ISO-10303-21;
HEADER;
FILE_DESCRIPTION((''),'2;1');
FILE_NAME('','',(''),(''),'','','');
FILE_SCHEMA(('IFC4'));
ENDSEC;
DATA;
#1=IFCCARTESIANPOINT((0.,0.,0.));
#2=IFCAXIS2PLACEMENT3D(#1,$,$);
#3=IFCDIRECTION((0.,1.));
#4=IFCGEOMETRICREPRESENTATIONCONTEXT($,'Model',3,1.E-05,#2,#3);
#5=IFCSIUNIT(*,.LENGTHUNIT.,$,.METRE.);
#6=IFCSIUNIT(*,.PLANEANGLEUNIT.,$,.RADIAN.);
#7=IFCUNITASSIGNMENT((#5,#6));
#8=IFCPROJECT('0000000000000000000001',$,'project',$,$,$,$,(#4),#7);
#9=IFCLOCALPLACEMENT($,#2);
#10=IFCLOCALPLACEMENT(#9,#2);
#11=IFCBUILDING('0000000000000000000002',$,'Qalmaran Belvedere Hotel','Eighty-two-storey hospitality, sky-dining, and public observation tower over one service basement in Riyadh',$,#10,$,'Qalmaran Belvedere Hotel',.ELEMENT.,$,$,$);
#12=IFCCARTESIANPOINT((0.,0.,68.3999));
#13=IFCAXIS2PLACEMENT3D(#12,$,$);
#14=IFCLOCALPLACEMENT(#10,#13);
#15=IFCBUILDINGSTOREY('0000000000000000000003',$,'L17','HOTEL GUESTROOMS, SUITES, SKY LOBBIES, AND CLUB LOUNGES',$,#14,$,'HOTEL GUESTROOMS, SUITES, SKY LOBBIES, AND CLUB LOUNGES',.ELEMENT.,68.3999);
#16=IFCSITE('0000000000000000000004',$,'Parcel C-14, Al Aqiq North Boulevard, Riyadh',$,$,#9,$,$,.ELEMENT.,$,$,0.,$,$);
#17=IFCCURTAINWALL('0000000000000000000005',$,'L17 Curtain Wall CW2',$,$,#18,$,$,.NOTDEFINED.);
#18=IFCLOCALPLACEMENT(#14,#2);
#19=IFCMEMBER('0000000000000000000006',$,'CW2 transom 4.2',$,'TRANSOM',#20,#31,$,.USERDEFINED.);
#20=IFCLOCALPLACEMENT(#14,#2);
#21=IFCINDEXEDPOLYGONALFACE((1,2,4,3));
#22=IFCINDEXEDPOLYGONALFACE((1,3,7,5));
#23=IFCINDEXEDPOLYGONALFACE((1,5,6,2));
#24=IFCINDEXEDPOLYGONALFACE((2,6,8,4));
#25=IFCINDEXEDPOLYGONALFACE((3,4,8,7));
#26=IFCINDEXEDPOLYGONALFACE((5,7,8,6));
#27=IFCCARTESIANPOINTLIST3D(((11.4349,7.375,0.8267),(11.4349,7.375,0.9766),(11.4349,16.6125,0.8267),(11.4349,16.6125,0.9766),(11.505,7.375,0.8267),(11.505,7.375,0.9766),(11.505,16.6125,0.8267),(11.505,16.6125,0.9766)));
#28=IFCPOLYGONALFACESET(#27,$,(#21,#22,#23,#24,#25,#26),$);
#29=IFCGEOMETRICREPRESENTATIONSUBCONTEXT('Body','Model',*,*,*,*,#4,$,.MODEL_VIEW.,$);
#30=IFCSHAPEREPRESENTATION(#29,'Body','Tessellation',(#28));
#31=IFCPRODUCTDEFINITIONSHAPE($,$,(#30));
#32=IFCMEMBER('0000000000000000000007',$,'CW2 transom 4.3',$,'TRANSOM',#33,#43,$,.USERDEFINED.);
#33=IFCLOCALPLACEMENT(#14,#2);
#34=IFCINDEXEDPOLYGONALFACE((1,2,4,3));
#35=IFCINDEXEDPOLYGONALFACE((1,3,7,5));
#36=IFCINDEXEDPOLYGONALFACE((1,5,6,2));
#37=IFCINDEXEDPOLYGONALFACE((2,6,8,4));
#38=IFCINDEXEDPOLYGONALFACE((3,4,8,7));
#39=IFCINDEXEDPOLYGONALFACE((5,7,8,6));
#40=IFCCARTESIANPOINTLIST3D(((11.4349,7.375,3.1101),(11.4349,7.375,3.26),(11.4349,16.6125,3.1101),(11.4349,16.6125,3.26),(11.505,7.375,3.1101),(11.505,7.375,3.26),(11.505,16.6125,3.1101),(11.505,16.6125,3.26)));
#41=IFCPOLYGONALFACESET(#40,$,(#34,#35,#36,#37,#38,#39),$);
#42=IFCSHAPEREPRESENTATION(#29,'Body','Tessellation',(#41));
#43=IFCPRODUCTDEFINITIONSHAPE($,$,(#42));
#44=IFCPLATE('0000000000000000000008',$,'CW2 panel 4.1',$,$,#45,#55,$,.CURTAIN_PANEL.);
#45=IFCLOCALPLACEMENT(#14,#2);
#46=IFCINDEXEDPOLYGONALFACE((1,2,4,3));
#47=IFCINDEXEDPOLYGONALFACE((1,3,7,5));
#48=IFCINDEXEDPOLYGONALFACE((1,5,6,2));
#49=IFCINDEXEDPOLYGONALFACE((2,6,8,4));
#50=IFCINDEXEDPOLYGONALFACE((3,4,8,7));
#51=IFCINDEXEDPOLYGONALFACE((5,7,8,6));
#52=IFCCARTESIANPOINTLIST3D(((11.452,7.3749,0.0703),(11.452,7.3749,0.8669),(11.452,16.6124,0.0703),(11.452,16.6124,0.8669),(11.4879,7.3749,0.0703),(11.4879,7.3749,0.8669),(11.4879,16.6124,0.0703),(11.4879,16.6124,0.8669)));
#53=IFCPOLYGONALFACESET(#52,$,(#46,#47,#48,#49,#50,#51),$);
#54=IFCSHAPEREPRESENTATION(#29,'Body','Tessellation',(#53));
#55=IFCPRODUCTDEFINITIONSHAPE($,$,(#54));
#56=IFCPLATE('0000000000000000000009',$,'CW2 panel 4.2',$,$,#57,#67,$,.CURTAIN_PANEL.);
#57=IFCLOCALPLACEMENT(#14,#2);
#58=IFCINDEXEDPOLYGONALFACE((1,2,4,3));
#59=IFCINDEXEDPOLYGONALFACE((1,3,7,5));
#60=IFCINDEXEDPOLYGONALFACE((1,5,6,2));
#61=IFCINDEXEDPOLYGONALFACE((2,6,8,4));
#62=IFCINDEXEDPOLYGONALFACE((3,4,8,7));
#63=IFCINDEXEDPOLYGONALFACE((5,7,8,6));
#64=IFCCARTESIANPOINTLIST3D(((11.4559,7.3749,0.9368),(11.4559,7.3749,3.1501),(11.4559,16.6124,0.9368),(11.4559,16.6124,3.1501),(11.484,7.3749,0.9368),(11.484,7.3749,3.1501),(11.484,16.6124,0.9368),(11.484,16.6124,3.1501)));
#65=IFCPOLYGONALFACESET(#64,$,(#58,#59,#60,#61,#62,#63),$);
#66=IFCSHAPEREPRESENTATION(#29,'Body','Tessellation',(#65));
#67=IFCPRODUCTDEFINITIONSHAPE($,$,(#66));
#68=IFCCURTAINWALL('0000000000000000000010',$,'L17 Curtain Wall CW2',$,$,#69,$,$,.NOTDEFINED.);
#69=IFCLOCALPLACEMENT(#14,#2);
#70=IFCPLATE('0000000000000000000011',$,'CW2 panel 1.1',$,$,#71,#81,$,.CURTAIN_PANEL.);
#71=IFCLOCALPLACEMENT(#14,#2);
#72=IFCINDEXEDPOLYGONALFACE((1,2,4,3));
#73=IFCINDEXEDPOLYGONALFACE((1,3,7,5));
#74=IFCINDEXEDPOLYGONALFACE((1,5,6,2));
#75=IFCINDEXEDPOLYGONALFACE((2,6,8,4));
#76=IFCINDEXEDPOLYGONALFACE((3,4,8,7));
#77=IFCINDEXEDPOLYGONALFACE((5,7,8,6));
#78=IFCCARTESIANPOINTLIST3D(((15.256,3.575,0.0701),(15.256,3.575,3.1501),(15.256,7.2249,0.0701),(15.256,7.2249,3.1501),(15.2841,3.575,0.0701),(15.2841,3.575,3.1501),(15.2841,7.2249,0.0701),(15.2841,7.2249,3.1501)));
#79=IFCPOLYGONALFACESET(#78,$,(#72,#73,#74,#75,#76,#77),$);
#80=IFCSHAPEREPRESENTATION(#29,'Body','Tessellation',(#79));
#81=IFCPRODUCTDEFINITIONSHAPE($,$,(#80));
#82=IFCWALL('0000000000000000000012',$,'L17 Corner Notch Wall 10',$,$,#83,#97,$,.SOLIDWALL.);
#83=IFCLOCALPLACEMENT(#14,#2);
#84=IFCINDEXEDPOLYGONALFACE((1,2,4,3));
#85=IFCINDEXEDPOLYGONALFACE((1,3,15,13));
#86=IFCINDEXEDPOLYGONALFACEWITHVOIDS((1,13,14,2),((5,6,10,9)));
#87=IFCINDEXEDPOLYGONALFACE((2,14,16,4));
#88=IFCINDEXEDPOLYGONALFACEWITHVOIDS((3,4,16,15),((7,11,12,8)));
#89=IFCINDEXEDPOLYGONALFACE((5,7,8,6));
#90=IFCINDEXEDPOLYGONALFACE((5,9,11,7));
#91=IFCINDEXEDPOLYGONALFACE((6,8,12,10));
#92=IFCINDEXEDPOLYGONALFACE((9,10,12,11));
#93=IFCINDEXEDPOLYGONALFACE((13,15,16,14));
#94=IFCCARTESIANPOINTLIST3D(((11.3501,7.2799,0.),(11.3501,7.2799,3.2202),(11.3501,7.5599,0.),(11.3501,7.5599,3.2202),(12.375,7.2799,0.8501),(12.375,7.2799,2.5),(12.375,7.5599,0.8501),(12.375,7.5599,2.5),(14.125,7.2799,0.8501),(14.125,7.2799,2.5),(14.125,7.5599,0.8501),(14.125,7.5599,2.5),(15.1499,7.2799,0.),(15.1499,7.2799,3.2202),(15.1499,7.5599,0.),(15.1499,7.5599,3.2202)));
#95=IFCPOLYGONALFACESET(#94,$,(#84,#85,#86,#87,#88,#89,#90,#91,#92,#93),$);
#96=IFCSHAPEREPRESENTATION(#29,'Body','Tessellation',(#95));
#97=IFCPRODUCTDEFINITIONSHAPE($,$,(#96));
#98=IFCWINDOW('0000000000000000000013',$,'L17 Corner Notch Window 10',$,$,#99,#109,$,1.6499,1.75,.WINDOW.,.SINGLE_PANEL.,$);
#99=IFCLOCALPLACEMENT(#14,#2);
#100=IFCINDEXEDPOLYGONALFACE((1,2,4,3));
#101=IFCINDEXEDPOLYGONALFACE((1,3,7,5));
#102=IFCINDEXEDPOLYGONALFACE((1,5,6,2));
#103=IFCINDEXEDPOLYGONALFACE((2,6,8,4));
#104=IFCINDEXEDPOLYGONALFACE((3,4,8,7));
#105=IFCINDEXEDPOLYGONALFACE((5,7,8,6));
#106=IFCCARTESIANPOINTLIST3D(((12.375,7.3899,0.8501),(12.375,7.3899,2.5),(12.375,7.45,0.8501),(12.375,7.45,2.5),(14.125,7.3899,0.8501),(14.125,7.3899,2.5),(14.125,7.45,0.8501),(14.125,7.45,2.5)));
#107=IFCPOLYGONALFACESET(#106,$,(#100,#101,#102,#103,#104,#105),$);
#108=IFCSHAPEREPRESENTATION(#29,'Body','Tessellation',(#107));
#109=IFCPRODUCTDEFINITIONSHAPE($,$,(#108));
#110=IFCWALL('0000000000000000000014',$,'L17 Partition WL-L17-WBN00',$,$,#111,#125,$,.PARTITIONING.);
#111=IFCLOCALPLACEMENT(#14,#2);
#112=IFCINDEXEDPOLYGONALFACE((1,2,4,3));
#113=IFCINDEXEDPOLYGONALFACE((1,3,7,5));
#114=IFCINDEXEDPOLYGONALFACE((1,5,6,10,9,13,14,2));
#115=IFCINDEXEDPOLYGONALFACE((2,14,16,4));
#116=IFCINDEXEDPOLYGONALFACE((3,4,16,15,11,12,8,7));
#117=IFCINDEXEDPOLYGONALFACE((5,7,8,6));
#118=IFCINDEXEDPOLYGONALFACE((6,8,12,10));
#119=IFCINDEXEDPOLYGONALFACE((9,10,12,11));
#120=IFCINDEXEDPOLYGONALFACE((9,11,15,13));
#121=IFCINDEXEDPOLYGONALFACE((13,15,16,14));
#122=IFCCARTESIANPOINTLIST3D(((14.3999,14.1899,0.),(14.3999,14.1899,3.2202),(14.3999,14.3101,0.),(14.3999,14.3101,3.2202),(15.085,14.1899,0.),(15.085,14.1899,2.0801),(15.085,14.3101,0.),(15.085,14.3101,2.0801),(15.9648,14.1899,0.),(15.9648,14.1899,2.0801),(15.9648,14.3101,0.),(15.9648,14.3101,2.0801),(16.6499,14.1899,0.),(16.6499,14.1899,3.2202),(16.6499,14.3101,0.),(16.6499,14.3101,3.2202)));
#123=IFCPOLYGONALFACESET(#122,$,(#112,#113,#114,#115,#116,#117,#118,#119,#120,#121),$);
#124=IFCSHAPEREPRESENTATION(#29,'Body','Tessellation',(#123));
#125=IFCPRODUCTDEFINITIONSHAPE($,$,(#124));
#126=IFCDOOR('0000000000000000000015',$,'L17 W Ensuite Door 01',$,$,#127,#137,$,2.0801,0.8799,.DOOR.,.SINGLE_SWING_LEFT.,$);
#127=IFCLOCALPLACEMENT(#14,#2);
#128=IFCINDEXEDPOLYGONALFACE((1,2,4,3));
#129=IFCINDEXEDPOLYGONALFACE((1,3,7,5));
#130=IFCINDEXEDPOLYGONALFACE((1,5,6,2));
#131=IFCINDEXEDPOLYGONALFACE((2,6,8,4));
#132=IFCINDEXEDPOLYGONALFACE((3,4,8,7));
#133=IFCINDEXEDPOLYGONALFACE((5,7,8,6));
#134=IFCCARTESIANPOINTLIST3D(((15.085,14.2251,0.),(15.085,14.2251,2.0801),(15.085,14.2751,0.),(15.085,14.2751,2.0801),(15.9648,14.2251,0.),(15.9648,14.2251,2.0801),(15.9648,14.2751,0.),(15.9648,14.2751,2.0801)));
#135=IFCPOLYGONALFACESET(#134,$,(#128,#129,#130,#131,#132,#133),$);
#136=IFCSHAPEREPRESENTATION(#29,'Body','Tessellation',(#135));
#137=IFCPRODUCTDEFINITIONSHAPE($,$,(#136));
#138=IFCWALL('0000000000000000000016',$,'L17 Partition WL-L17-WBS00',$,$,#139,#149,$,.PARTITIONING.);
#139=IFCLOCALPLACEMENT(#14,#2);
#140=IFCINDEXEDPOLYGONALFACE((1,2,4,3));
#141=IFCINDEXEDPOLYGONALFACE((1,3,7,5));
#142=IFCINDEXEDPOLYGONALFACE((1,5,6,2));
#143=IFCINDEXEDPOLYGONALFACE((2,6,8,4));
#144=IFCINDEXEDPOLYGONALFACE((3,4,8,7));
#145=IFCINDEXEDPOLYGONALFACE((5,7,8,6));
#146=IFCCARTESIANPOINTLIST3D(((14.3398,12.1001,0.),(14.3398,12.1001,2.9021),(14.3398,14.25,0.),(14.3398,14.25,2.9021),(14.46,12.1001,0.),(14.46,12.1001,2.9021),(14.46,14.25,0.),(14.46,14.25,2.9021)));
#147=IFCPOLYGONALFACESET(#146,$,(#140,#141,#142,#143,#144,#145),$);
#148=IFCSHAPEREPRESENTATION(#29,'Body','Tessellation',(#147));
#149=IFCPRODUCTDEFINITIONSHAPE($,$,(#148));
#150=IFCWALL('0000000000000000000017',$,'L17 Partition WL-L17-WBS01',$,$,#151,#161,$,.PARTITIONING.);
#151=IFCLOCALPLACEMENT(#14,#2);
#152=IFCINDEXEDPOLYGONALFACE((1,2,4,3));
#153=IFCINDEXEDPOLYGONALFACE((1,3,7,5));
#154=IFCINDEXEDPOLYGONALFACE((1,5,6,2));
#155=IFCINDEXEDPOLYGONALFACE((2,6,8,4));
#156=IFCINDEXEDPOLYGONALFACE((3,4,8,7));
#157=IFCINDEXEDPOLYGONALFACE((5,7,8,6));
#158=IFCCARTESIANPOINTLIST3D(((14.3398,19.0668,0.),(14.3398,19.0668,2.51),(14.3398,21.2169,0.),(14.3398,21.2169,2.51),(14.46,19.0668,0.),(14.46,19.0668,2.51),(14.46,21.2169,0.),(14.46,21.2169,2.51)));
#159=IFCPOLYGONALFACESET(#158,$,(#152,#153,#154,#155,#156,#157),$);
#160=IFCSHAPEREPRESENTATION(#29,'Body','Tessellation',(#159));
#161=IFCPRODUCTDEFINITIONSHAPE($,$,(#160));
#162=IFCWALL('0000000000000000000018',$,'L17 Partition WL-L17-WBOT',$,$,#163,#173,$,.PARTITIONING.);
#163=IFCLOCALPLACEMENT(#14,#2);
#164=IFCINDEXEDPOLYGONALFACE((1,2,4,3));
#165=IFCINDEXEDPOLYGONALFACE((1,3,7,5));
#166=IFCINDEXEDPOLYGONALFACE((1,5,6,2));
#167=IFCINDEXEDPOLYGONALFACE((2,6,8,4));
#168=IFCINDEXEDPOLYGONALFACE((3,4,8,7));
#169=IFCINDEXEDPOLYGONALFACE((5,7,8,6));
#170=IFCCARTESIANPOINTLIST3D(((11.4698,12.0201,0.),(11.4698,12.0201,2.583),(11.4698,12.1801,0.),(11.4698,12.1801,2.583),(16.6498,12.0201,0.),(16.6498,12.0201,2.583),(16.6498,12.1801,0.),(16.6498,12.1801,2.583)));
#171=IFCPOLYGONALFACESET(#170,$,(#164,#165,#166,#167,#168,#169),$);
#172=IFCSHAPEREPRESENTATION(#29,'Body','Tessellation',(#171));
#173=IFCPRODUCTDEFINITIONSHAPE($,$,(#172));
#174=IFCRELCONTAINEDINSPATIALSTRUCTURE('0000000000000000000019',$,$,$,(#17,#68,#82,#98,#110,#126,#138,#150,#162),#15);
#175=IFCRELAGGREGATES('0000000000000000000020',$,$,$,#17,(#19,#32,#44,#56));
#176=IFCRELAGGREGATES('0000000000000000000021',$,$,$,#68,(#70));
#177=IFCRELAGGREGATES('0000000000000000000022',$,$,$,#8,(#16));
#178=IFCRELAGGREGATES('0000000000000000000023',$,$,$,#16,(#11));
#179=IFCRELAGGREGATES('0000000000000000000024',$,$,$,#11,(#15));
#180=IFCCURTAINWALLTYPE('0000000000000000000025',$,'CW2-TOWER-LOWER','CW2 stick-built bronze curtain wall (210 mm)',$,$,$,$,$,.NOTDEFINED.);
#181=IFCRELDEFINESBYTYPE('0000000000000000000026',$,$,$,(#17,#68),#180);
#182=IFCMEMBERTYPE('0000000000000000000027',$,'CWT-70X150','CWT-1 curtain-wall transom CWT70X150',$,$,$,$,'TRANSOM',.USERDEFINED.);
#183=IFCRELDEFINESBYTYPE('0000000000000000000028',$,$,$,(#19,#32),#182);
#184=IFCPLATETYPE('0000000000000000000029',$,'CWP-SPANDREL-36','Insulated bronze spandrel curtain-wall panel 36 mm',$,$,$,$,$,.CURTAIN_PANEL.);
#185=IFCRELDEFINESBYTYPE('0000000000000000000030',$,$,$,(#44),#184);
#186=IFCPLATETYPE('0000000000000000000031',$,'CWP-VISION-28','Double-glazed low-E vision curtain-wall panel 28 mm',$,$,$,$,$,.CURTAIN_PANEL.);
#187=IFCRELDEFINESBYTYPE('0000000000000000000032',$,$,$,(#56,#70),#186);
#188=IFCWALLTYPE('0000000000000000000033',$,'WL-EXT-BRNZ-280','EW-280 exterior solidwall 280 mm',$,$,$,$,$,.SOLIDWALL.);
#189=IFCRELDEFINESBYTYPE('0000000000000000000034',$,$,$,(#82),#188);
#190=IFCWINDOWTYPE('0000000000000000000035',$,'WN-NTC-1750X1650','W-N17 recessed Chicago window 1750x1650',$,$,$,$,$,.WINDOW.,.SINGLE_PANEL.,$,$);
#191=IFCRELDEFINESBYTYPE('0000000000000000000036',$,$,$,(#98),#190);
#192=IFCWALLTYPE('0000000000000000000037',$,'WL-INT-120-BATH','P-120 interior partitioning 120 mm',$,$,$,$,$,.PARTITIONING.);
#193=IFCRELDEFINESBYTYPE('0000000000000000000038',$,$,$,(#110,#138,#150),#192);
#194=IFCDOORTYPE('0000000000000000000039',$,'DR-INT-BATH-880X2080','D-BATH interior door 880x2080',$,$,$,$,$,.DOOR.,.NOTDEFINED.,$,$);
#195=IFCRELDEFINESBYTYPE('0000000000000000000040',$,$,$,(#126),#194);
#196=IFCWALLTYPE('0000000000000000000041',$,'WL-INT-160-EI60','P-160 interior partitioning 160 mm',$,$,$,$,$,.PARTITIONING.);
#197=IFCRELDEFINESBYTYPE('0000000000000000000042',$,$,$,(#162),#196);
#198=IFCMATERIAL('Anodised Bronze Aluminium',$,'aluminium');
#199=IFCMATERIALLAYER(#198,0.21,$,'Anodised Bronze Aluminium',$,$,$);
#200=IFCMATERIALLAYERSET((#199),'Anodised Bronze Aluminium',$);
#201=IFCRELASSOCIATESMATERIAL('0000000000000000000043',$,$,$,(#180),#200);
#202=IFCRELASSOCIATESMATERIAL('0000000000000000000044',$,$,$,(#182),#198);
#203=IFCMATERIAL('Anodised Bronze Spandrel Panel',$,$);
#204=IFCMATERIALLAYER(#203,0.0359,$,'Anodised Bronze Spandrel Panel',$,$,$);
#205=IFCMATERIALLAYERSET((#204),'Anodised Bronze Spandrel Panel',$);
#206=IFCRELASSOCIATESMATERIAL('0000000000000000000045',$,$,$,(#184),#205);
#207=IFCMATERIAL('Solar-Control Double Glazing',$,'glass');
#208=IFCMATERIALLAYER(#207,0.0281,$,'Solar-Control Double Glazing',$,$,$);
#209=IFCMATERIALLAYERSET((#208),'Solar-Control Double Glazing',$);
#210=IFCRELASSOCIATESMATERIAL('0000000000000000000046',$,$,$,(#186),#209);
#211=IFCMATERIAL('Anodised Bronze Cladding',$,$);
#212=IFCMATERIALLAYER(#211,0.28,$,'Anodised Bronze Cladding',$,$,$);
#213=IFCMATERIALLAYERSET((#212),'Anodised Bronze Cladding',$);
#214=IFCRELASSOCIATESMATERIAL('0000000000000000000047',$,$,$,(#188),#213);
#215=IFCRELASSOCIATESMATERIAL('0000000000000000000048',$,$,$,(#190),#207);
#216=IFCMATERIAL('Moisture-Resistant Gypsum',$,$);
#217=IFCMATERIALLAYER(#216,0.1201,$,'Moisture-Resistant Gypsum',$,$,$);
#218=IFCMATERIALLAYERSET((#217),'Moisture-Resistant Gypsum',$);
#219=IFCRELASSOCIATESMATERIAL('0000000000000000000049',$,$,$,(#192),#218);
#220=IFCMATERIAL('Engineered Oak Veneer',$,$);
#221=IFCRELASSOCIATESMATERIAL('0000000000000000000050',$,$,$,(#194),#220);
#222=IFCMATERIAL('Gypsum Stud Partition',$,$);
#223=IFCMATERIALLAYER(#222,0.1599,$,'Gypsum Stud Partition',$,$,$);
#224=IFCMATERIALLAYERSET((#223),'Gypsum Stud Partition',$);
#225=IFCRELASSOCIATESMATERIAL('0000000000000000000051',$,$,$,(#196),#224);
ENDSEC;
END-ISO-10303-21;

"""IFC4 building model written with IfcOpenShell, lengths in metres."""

from ifc_helpers import new_model, si_unit, direction, frame, frame_2d, origin, origin_2d, place, context, subcontext, project, spatial, rectangle, extrude, material, layer, layer_set, material_profile, profile_set, type_object, element, fill, aggregate, save


model = new_model("IFC4")

# Units and contexts
model_context = context("Model", 3, precision=1e-05, world=origin(), true_north=direction((0.0, 1.0)))
body_context = subcontext(model_context, "Body", "Model", "MODEL_VIEW")
ifc_project = project(units=[si_unit("LENGTHUNIT", "METRE"), si_unit("PLANEANGLEUNIT", "RADIAN")], contexts=[model_context])

# Site, building, storey
site_placement = place(None, origin())
site = spatial("IfcSite", under=ifc_project, at=site_placement, Name="Parcel C-14, Al Aqiq North Boulevard, Riyadh", CompositionType="ELEMENT", RefElevation=0.0)
building_placement = place(site_placement, origin())
building = spatial("IfcBuilding", under=site, at=building_placement, Name="Qalmaran Belvedere Hotel", Description="Eighty-two-storey hospitality, sky-dining, and public observation tower over one service basement in Riyadh", LongName="Qalmaran Belvedere Hotel", CompositionType="ELEMENT")
storey_placement = place(building_placement, frame((0.0, 0.0, 68.3999)))
storey = spatial("IfcBuildingStorey", under=building, at=storey_placement, Name="L17", Description="HOTEL GUESTROOMS, SUITES, SKY LOBBIES, AND CLUB LOUNGES", LongName="HOTEL GUESTROOMS, SUITES, SKY LOBBIES, AND CLUB LOUNGES", CompositionType="ELEMENT", Elevation=68.3999)

# Curtain wall, members, plates
ifc_material_1 = material(Name="Anodised Bronze Aluminium", Category="aluminium")
ifc_layer_1 = layer(ifc_material_1, 0.21, Name="Anodised Bronze Aluminium")
ifc_layer_set_1 = layer_set([ifc_layer_1], Name="Anodised Bronze Aluminium")
curtain_wall_type = type_object("IfcCurtainWallType", Name="CW2-TOWER-LOWER", Description="CW2 stick-built bronze curtain wall (210 mm)", PredefinedType="NOTDEFINED", material=ifc_layer_set_1)
curtain_wall_1_placement = place(storey_placement, origin())
curtain_wall_1 = element("IfcCurtainWall", 1, at=curtain_wall_1_placement, inside=storey, type_object=curtain_wall_type, Name="L17 Curtain Wall CW2", PredefinedType="NOTDEFINED")
ifc_material_profile_1 = material_profile(ifc_material_1, rectangle(XDim=0.0701, YDim=0.1499, at=origin_2d()), Name="CWT70X150")
ifc_profile_set_1 = profile_set([ifc_material_profile_1], Name="Anodised Bronze Aluminium")
member_type_1 = type_object("IfcMemberType", Name="CWT-70X150", Description="CWT-1 curtain-wall transom CWT70X150", ElementType="TRANSOM", PredefinedType="USERDEFINED", material=ifc_profile_set_1)
member_1_placement = place(storey_placement, frame((11.47, 16.6125, 0.9016), z_axis=(0.0, -1.0, 0.0), x_axis=(1.0, 0.0, 0.0)))
member_1 = element("IfcMember", 2, at=member_1_placement, type_object=member_type_1, Name="CW2 transom 4.2", ObjectType="TRANSOM", PredefinedType="USERDEFINED", context=body_context, shape_type="SweptSolid", body=[
    extrude(rectangle(XDim=0.0701, YDim=0.1499, at=origin_2d()), origin(), (0.0, 0.0, 1.0), 9.2375),
])
member_2_placement = place(storey_placement, frame((11.47, 16.6125, 3.1851), z_axis=(0.0, -1.0, 0.0), x_axis=(1.0, 0.0, 0.0)))
member_2 = element("IfcMember", 3, at=member_2_placement, type_object=member_type_1, Name="CW2 transom 4.3", ObjectType="TRANSOM", PredefinedType="USERDEFINED", context=body_context, shape_type="SweptSolid", body=[
    extrude(rectangle(XDim=0.0701, YDim=0.1499, at=origin_2d()), origin(), (0.0, 0.0, 1.0), 9.2375),
])
ifc_material_2 = material(Name="Anodised Bronze Spandrel Panel")
ifc_layer_2 = layer(ifc_material_2, 0.0359, Name="Anodised Bronze Spandrel Panel")
ifc_layer_set_2 = layer_set([ifc_layer_2], Name="Anodised Bronze Spandrel Panel")
plate_type_1 = type_object("IfcPlateType", Name="CWP-SPANDREL-36", Description="Insulated bronze spandrel curtain-wall panel 36 mm", PredefinedType="CURTAIN_PANEL", material=ifc_layer_set_2)
plate_1_placement = place(storey_placement, frame((11.47, 11.9937, 0.0703), z_axis=(0.0, 0.0, 1.0), x_axis=(0.0, -1.0, 0.0)))
plate_1 = element("IfcPlate", 4, at=plate_1_placement, type_object=plate_type_1, Name="CW2 panel 4.1", PredefinedType="CURTAIN_PANEL", context=body_context, shape_type="SweptSolid", body=[
    extrude(rectangle(XDim=9.2375, YDim=0.0359, at=origin_2d()), origin(), (0.0, 0.0, 1.0), 0.7966),
])
ifc_material_3 = material(Name="Solar-Control Double Glazing", Category="glass")
ifc_layer_3 = layer(ifc_material_3, 0.0281, Name="Solar-Control Double Glazing")
ifc_layer_set_3 = layer_set([ifc_layer_3], Name="Solar-Control Double Glazing")
plate_type_2 = type_object("IfcPlateType", Name="CWP-VISION-28", Description="Double-glazed low-E vision curtain-wall panel 28 mm", PredefinedType="CURTAIN_PANEL", material=ifc_layer_set_3)
plate_2_placement = place(storey_placement, frame((11.47, 11.9937, 0.9368), z_axis=(0.0, 0.0, 1.0), x_axis=(0.0, -1.0, 0.0)))
plate_2 = element("IfcPlate", 5, at=plate_2_placement, type_object=plate_type_2, Name="CW2 panel 4.2", PredefinedType="CURTAIN_PANEL", context=body_context, shape_type="SweptSolid", body=[
    extrude(rectangle(XDim=9.2375, YDim=0.0281, at=origin_2d()), origin(), (0.0, 0.0, 1.0), 2.2134),
])
aggregate(curtain_wall_1, [member_1, member_2, plate_1, plate_2])

# Curtain wall, plate
curtain_wall_2_placement = place(storey_placement, origin())
curtain_wall_2 = element("IfcCurtainWall", 6, at=curtain_wall_2_placement, inside=storey, type_object=curtain_wall_type, Name="L17 Curtain Wall CW2", PredefinedType="NOTDEFINED")
plate_3_placement = place(storey_placement, frame((15.27, 5.3999, 0.0701), z_axis=(0.0, 0.0, 1.0), x_axis=(0.0, -1.0, 0.0)))
plate_3 = element("IfcPlate", 7, at=plate_3_placement, type_object=plate_type_2, Name="CW2 panel 1.1", PredefinedType="CURTAIN_PANEL", context=body_context, shape_type="SweptSolid", body=[
    extrude(rectangle(XDim=3.6499, YDim=0.0281, at=origin_2d()), origin(), (0.0, 0.0, 1.0), 3.0801),
])
aggregate(curtain_wall_2, [plate_3])

# Wall, opening, window
ifc_material_4 = material(Name="Anodised Bronze Cladding")
ifc_layer_4 = layer(ifc_material_4, 0.28, Name="Anodised Bronze Cladding")
ifc_layer_set_4 = layer_set([ifc_layer_4], Name="Anodised Bronze Cladding")
wall_type_1 = type_object("IfcWallType", Name="WL-EXT-BRNZ-280", Description="EW-280 exterior solidwall 280 mm", PredefinedType="SOLIDWALL", material=ifc_layer_set_4)
wall_1_placement = place(storey_placement, frame((11.3501, 7.4199, 0.0), z_axis=(0.0, 0.0, 1.0), x_axis=(1.0, 0.0, 0.0)))
wall_1 = element("IfcWall", 8, at=wall_1_placement, inside=storey, type_object=wall_type_1, Name="L17 Corner Notch Wall 10", PredefinedType="SOLIDWALL", context=body_context, shape_type="SweptSolid", body=[
    extrude(rectangle(XDim=3.7998, YDim=0.28, at=frame_2d((1.8999, 0.0))), origin(), (0.0, 0.0, 1.0), 3.2202),
])
opening_1_placement = place(wall_1_placement, frame((1.0249, 0.0, 0.8501)))
opening_1 = element("IfcOpeningElement", 9, at=opening_1_placement, cuts=wall_1, PredefinedType="OPENING", context=body_context, shape_type="SweptSolid", body=[
    extrude(rectangle(XDim=1.75, YDim=1.6499, at=frame_2d((0.875, 0.825))), frame((0.0, 0.1499, 0.0), z_axis=(0.0, -1.0, 0.0), x_axis=(1.0, 0.0, 0.0)), (0.0, 0.0, 1.0), 0.3),
])
window_type = type_object("IfcWindowType", Name="WN-NTC-1750X1650", Description="W-N17 recessed Chicago window 1750x1650", PartitioningType="SINGLE_PANEL", PredefinedType="WINDOW", material=ifc_material_3)
window_placement = place(opening_1_placement, origin())
window = element("IfcWindow", 10, at=window_placement, inside=storey, type_object=window_type, Name="L17 Corner Notch Window 10", OverallHeight=1.6499, OverallWidth=1.75, PartitioningType="SINGLE_PANEL", PredefinedType="WINDOW", context=body_context, shape_type="SweptSolid", body=[
    extrude(rectangle(XDim=1.75, YDim=1.6499, at=frame_2d((0.875, 0.825))), frame((0.0, 0.03, 0.0), z_axis=(0.0, -1.0, 0.0), x_axis=(1.0, 0.0, 0.0)), (0.0, 0.0, 1.0), 0.0601),
])
fill(opening_1, window)

# Wall, opening, door
ifc_material_5 = material(Name="Moisture-Resistant Gypsum")
ifc_layer_5 = layer(ifc_material_5, 0.1201, Name="Moisture-Resistant Gypsum")
ifc_layer_set_5 = layer_set([ifc_layer_5], Name="Moisture-Resistant Gypsum")
wall_type_2 = type_object("IfcWallType", Name="WL-INT-120-BATH", Description="P-120 interior partitioning 120 mm", PredefinedType="PARTITIONING", material=ifc_layer_set_5)
wall_2_placement = place(storey_placement, frame((14.3999, 14.25, 0.0), z_axis=(0.0, 0.0, 1.0), x_axis=(1.0, 0.0, 0.0)))
wall_2 = element("IfcWall", 11, at=wall_2_placement, inside=storey, type_object=wall_type_2, Name="L17 Partition WL-L17-WBN00", PredefinedType="PARTITIONING", context=body_context, shape_type="SweptSolid", body=[
    extrude(rectangle(XDim=2.25, YDim=0.1201, at=frame_2d((1.125, 0.0))), origin(), (0.0, 0.0, 1.0), 3.2202),
])
opening_2_placement = place(wall_2_placement, frame((1.5649, 0.0, 0.0), z_axis=(0.0, 0.0, 1.0), x_axis=(-1.0, 0.0, 0.0)))
opening_2 = element("IfcOpeningElement", 12, at=opening_2_placement, cuts=wall_2, PredefinedType="OPENING", context=body_context, shape_type="SweptSolid", body=[
    extrude(rectangle(XDim=0.8799, YDim=2.0801, at=frame_2d((0.4399, 1.04))), frame((0.0, 0.0701, 0.0), z_axis=(0.0, -1.0, 0.0), x_axis=(1.0, 0.0, 0.0)), (0.0, 0.0, 1.0), 0.1401),
])
ifc_material_6 = material(Name="Engineered Oak Veneer")
door_type = type_object("IfcDoorType", Name="DR-INT-BATH-880X2080", Description="D-BATH interior door 880x2080", OperationType="NOTDEFINED", PredefinedType="DOOR", material=ifc_material_6)
door_placement = place(opening_2_placement, origin())
door = element("IfcDoor", 13, at=door_placement, inside=storey, type_object=door_type, Name="L17 W Ensuite Door 01", OperationType="SINGLE_SWING_LEFT", OverallHeight=2.0801, OverallWidth=0.8799, PredefinedType="DOOR", context=body_context, shape_type="SweptSolid", body=[
    extrude(rectangle(XDim=0.8799, YDim=2.0801, at=frame_2d((0.4399, 1.04))), frame((0.0, 0.0249, 0.0), z_axis=(0.0, -1.0, 0.0), x_axis=(1.0, 0.0, 0.0)), (0.0, 0.0, 1.0), 0.05),
])
fill(opening_2, door)

# Walls
wall_3_placement = place(storey_placement, frame((14.3999, 12.1001, 0.0), z_axis=(0.0, 0.0, 1.0), x_axis=(0.0, 1.0, 0.0)))
element("IfcWall", 14, at=wall_3_placement, inside=storey, type_object=wall_type_2, Name="L17 Partition WL-L17-WBS00", PredefinedType="PARTITIONING", context=body_context, shape_type="SweptSolid", body=[
    extrude(rectangle(XDim=2.1499, YDim=0.1201, at=frame_2d((1.075, 0.0))), origin(), (0.0, 0.0, 1.0), 2.9021),
])
wall_4_placement = place(storey_placement, frame((14.3999, 19.0667, 0.0), z_axis=(0.0, 0.0, 1.0), x_axis=(0.0, 1.0, 0.0)))
element("IfcWall", 15, at=wall_4_placement, inside=storey, type_object=wall_type_2, Name="L17 Partition WL-L17-WBS01", PredefinedType="PARTITIONING", context=body_context, shape_type="SweptSolid", body=[
    extrude(rectangle(XDim=2.1501, YDim=0.1201, at=frame_2d((1.0752, 0.0))), origin(), (0.0, 0.0, 1.0), 2.51),
])
ifc_material_7 = material(Name="Gypsum Stud Partition")
ifc_layer_6 = layer(ifc_material_7, 0.1599, Name="Gypsum Stud Partition")
ifc_layer_set_6 = layer_set([ifc_layer_6], Name="Gypsum Stud Partition")
wall_type_3 = type_object("IfcWallType", Name="WL-INT-160-EI60", Description="P-160 interior partitioning 160 mm", PredefinedType="PARTITIONING", material=ifc_layer_set_6)
for number, where, z_axis, x_axis, name in (
    (16, (11.47, 12.1001, 0.0), (0.0, 0.0, 1.0), (1.0, 0.0, 0.0), "L17 Partition WL-L17-WBOT"),
):
    element("IfcWall", number, at=place(storey_placement, frame(where, z_axis=z_axis, x_axis=x_axis)), inside=storey, type_object=wall_type_3, Name=name, PredefinedType="PARTITIONING", context=body_context, shape_type="SweptSolid", body=[
        extrude(rectangle(XDim=5.1799, YDim=0.1599, at=frame_2d((2.5898, 0.0))), origin(), (0.0, 0.0, 1.0), 2.583),
    ])

save(model, "model.ifc")
